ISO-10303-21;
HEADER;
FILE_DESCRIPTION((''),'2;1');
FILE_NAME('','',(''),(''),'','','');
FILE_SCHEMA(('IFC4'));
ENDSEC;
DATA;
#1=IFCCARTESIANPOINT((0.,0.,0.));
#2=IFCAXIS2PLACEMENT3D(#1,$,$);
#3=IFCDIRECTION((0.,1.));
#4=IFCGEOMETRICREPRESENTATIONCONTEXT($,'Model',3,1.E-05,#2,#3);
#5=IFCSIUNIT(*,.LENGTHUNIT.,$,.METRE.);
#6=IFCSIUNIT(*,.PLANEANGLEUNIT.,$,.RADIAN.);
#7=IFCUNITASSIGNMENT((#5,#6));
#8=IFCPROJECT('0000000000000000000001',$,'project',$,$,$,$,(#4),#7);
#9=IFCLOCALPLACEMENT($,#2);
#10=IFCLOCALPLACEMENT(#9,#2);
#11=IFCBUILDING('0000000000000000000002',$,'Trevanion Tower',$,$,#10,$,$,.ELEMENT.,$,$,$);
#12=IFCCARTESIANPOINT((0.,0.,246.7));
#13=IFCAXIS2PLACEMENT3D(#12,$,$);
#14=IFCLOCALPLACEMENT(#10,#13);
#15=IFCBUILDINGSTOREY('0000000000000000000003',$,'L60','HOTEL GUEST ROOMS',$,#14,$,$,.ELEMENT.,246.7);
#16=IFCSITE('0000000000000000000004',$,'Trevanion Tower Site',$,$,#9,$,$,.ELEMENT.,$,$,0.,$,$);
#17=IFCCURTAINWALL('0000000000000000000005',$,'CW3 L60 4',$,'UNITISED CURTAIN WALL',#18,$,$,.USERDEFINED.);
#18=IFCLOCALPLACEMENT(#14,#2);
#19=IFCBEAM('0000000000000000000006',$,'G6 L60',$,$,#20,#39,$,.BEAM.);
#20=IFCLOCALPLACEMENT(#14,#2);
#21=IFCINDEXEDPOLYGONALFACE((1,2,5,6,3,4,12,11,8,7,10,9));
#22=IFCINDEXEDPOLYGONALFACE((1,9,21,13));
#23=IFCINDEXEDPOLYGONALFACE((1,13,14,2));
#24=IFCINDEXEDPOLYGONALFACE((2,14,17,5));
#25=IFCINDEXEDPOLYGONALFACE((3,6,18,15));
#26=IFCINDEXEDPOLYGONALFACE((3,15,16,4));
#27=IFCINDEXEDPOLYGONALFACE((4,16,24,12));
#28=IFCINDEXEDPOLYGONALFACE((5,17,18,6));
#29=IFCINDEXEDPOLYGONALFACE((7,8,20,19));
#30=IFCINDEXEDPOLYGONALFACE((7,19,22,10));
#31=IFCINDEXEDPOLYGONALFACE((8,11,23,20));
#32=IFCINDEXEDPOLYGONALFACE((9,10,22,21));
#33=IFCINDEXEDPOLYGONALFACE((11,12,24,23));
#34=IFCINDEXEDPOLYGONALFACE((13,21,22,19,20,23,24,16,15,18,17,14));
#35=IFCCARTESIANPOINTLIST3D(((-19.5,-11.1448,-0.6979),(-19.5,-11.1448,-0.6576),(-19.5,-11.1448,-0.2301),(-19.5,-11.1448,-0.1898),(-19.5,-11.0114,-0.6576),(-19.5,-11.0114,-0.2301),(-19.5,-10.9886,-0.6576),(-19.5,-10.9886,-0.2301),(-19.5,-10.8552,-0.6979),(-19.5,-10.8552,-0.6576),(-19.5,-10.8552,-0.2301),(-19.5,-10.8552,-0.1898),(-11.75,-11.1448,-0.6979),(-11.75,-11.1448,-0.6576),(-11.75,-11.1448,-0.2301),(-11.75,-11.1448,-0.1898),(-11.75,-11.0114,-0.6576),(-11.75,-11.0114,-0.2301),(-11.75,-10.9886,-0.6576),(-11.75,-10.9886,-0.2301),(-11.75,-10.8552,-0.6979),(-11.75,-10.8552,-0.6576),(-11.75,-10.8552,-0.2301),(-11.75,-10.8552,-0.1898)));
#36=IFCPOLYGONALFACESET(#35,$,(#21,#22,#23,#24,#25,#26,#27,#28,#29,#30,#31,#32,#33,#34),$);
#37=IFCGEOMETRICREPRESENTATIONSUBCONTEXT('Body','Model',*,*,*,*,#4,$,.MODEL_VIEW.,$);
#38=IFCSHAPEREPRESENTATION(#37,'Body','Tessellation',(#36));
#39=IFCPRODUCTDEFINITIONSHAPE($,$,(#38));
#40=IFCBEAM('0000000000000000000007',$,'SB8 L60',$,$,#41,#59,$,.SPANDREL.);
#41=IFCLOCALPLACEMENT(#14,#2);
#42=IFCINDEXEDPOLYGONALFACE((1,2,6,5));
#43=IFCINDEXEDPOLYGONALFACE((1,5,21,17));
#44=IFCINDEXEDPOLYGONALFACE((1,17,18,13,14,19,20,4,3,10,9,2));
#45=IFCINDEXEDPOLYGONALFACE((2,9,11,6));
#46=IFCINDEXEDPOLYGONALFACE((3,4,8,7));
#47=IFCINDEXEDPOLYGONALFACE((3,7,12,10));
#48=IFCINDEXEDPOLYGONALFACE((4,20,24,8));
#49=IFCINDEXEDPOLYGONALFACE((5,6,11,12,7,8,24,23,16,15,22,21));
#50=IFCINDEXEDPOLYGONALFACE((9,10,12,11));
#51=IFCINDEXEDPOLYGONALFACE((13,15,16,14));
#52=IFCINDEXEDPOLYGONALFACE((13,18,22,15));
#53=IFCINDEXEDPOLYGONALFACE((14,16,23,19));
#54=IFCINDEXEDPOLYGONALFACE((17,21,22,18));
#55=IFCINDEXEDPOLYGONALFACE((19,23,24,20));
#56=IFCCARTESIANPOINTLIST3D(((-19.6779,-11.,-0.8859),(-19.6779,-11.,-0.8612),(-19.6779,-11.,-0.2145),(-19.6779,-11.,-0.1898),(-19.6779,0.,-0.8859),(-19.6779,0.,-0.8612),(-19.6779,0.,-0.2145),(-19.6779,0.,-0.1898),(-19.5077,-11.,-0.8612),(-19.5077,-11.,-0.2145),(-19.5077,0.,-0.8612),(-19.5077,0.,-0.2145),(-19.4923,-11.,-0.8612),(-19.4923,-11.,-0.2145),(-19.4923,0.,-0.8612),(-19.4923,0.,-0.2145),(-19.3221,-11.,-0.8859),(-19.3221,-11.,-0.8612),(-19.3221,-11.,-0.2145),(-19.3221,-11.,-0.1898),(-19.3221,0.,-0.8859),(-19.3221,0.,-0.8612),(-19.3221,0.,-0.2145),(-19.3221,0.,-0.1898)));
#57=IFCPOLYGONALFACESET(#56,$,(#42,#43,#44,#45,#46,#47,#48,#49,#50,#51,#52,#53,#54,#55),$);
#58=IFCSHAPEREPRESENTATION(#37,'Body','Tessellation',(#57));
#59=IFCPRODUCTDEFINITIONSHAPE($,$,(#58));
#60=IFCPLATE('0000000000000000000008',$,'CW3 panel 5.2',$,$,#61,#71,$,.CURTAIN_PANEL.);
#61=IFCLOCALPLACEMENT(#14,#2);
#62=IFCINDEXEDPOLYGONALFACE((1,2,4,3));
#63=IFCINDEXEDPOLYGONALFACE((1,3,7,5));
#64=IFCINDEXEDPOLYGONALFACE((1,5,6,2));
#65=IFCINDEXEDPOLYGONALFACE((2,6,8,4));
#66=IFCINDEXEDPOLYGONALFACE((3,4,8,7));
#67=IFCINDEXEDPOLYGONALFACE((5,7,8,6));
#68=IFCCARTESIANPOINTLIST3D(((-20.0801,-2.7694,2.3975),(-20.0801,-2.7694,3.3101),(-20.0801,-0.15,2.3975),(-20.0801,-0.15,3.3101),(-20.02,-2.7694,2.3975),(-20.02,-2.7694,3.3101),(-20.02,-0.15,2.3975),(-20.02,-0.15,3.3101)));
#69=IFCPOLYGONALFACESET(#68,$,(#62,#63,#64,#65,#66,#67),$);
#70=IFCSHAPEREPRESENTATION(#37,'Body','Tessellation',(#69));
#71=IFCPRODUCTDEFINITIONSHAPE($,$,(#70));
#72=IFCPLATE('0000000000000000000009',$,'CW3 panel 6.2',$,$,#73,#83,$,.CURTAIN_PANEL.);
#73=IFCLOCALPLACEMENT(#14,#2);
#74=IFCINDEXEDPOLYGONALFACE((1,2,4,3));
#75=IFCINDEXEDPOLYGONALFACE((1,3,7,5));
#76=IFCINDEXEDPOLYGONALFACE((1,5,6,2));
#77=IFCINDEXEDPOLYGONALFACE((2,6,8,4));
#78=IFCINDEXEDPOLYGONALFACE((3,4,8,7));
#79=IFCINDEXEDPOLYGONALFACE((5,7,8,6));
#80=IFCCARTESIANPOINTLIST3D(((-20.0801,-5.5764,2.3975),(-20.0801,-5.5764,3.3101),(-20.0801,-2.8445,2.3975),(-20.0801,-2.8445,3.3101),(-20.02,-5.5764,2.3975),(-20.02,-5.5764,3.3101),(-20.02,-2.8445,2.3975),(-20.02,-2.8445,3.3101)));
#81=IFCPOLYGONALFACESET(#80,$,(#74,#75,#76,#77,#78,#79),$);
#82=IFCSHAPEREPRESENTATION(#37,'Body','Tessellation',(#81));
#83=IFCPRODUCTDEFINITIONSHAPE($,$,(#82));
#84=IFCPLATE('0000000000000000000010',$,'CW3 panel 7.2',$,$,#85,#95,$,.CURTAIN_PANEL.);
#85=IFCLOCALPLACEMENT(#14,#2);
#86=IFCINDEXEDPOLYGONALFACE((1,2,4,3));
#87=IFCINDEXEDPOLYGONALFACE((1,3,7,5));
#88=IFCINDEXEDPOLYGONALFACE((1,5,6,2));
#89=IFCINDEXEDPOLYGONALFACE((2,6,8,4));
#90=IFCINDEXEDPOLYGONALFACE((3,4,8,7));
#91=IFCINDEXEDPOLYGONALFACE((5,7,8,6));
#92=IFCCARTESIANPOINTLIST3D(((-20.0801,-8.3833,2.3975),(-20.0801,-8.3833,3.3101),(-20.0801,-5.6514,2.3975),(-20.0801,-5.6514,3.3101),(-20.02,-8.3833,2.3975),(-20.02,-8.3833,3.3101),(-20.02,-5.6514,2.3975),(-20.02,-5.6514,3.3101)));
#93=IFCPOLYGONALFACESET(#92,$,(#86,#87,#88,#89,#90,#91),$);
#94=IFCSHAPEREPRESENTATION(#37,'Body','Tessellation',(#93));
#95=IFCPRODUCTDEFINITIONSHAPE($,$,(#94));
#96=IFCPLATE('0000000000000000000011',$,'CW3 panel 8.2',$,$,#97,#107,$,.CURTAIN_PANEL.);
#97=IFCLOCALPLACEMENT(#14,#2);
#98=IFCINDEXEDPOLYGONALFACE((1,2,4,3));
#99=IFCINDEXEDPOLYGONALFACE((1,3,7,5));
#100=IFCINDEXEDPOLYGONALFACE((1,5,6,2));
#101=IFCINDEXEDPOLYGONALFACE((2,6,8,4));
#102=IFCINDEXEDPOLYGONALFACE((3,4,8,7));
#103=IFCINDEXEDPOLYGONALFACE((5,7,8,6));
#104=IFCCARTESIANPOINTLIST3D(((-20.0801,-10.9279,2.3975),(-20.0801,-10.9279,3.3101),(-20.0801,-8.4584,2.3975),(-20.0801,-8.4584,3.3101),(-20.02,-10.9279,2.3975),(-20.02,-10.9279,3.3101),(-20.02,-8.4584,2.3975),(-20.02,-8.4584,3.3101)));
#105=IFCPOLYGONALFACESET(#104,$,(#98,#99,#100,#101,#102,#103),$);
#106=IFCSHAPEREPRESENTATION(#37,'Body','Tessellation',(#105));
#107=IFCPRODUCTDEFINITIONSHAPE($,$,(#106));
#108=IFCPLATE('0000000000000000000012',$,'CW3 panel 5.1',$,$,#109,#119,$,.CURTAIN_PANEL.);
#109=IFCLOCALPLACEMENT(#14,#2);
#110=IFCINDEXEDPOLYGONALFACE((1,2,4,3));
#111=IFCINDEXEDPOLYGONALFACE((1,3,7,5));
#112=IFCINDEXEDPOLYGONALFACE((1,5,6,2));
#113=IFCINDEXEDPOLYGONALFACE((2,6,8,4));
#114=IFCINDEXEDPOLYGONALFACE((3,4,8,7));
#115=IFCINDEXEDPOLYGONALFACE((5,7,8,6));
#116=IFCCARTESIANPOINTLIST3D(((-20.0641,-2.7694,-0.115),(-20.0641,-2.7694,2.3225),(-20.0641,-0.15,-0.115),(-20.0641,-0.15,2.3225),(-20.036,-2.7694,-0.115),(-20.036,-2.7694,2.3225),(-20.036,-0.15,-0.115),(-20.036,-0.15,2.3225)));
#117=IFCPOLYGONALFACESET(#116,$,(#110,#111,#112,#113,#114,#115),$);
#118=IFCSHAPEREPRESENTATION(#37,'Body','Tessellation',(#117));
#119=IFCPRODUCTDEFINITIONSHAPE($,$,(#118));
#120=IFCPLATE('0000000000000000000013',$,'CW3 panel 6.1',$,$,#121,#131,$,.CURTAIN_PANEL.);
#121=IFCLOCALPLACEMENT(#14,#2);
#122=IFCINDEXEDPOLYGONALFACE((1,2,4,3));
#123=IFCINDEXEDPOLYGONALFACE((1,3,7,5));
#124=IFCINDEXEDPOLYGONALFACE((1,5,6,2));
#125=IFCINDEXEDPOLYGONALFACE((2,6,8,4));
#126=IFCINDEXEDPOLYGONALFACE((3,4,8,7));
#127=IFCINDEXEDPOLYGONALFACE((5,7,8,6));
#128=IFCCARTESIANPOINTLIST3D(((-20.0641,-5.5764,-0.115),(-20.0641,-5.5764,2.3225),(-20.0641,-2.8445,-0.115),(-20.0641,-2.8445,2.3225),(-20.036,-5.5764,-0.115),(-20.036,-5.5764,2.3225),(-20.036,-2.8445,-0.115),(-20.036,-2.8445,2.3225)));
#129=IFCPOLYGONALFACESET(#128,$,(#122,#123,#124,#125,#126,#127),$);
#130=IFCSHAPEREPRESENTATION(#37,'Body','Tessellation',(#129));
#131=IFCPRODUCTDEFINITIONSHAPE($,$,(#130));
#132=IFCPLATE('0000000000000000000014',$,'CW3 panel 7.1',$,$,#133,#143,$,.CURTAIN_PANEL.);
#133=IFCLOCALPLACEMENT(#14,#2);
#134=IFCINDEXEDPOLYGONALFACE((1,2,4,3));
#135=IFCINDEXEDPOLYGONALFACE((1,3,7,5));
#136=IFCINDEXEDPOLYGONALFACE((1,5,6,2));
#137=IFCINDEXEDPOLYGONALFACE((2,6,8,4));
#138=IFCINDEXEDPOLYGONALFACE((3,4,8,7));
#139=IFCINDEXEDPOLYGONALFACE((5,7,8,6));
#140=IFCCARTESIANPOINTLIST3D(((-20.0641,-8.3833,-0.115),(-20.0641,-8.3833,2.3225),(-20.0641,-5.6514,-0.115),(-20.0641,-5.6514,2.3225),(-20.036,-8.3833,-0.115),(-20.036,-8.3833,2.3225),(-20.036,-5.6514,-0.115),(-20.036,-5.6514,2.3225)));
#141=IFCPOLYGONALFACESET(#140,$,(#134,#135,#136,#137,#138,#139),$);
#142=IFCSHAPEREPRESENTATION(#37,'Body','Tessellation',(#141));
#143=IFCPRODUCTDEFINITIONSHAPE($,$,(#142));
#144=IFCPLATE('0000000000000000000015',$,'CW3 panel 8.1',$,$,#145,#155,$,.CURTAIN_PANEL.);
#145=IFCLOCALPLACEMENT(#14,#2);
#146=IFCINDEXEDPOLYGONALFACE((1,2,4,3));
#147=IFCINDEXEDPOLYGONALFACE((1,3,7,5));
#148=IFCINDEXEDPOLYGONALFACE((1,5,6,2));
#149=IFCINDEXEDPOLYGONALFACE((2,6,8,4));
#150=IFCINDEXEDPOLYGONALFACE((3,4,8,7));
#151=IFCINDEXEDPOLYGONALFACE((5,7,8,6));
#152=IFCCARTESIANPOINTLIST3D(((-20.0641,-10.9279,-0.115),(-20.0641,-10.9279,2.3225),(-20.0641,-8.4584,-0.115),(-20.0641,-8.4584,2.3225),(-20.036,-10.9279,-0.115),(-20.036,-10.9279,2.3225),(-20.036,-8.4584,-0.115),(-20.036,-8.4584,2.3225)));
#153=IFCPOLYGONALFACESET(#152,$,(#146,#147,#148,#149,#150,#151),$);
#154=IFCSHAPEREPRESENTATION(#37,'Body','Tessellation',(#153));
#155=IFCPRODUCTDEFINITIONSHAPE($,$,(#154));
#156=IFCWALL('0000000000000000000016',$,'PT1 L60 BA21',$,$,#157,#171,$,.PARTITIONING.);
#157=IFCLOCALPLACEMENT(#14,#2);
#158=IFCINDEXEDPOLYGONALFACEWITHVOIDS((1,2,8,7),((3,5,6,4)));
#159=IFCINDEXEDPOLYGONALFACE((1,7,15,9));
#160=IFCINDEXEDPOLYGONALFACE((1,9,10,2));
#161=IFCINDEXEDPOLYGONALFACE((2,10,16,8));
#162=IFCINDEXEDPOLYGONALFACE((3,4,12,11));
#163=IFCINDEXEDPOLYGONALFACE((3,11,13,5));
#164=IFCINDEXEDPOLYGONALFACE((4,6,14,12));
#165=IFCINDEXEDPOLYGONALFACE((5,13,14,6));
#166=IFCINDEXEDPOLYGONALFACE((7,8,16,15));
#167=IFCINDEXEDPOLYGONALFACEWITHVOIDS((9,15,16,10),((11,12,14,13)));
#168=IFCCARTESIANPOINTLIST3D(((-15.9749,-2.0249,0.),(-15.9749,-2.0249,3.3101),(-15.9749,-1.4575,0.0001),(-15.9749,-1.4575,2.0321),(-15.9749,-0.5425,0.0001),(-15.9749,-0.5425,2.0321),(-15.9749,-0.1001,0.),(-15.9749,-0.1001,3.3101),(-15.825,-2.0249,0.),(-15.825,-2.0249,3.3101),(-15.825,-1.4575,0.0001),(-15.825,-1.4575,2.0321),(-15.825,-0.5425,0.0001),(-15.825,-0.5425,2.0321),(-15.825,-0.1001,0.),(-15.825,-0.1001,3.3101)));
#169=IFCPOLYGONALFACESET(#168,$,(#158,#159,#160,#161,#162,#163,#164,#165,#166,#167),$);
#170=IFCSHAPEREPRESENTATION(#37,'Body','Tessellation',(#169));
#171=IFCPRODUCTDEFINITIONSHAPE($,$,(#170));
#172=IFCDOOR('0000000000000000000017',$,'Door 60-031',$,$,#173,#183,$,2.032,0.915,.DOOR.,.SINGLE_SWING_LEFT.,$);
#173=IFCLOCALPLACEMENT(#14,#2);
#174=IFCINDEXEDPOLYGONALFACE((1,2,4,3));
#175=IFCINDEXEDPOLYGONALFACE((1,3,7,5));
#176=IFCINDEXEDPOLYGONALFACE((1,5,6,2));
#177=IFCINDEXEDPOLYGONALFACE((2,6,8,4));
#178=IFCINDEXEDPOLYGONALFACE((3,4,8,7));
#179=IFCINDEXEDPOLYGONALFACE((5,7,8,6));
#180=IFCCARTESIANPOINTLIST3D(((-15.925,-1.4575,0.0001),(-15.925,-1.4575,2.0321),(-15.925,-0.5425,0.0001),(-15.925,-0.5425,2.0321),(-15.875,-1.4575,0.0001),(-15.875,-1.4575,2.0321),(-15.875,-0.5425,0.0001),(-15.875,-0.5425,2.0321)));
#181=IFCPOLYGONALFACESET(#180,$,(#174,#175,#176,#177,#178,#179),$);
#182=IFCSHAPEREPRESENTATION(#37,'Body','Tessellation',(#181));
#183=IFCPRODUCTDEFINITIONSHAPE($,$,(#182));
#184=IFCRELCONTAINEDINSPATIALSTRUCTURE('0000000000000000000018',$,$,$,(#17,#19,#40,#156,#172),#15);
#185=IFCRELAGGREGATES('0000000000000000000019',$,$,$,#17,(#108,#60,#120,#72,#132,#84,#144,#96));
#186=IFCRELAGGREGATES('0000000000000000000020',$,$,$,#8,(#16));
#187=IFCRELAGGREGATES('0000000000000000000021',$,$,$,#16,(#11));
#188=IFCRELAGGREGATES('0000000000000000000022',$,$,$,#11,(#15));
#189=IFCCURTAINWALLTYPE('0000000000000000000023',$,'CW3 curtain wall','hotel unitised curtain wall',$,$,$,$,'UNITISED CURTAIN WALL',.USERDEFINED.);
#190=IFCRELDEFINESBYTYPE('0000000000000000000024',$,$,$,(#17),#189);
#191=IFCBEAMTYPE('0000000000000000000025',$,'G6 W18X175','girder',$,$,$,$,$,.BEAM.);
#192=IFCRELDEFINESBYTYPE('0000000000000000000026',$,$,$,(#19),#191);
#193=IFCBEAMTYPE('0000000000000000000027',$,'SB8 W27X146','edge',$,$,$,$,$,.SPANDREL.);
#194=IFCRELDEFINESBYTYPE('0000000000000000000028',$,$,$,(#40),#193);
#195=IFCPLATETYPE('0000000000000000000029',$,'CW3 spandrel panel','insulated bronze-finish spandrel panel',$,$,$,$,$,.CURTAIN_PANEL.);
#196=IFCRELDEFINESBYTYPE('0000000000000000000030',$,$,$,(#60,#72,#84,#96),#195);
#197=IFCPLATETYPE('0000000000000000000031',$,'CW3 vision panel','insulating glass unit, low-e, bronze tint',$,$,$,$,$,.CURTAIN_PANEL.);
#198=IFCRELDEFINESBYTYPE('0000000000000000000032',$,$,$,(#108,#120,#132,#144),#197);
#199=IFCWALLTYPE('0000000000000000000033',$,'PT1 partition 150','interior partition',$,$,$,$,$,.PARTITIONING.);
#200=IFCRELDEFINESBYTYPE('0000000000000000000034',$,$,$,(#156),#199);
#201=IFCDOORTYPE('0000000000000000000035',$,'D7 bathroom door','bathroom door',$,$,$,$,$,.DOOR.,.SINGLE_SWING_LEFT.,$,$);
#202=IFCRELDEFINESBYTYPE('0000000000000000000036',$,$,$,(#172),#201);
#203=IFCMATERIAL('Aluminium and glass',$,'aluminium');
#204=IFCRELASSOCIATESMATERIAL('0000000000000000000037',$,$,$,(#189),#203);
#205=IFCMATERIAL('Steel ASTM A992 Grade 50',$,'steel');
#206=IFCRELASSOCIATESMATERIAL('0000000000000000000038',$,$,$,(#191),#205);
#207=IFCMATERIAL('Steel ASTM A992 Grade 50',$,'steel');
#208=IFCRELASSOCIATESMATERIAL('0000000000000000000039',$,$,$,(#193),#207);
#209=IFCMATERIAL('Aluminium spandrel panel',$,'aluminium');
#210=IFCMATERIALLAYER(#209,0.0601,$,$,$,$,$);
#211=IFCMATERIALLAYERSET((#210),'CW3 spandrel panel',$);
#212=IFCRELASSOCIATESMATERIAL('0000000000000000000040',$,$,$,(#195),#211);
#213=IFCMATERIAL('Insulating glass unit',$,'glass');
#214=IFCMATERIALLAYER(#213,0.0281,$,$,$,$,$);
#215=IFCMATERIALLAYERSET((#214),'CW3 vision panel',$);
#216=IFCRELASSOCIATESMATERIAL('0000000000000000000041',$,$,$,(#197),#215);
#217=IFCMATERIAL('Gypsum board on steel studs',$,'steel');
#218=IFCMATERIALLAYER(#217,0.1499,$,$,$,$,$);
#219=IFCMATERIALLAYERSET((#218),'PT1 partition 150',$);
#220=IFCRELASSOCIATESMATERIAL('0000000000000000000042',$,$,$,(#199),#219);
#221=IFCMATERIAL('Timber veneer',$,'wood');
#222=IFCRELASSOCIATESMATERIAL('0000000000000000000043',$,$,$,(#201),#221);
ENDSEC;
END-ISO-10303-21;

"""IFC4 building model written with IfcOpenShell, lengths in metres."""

from ifc_helpers import new_model, si_unit, direction, frame, frame_2d, origin, origin_2d, place, context, subcontext, project, spatial, rectangle, i_section, extrude, material, layer, layer_set, material_profile, profile_set, type_object, element, fill, aggregate, save


model = new_model("IFC4")

# Units and contexts
model_context = context("Model", 3, precision=1e-05, world=origin(), true_north=direction((0.0, 1.0)))
body_context = subcontext(model_context, "Body", "Model", "MODEL_VIEW")
ifc_project = project(units=[si_unit("LENGTHUNIT", "METRE"), si_unit("PLANEANGLEUNIT", "RADIAN")], contexts=[model_context])

# Site, building, storey
site_placement = place(None, origin())
site = spatial("IfcSite", under=ifc_project, at=site_placement, Name="Trevanion Tower Site", CompositionType="ELEMENT", RefElevation=0.0)
building_placement = place(site_placement, origin())
building = spatial("IfcBuilding", under=site, at=building_placement, Name="Trevanion Tower", CompositionType="ELEMENT")
storey_placement = place(building_placement, frame((0.0, 0.0, 246.7)))
storey = spatial("IfcBuildingStorey", under=building, at=storey_placement, Name="L60", Description="HOTEL GUEST ROOMS", CompositionType="ELEMENT", Elevation=246.7)

# Curtain wall
ifc_material_1 = material(Name="Aluminium and glass", Category="aluminium")
curtain_wall_type = type_object("IfcCurtainWallType", Name="CW3 curtain wall", Description="hotel unitised curtain wall", ElementType="UNITISED CURTAIN WALL", PredefinedType="USERDEFINED", material=ifc_material_1)
curtain_wall_placement = place(storey_placement, origin())
curtain_wall = element("IfcCurtainWall", 1, at=curtain_wall_placement, inside=storey, type_object=curtain_wall_type, Name="CW3 L60 4", ObjectType="UNITISED CURTAIN WALL", PredefinedType="USERDEFINED")

# Beams
ifc_material_2 = material(Name="Steel ASTM A992 Grade 50", Category="steel")
ifc_material_profile_1 = material_profile(ifc_material_2, i_section(OverallWidth=0.2896, OverallDepth=0.5081, WebThickness=0.0227, FlangeThickness=0.0403, at=origin_2d()), Name="W18X175")
ifc_profile_set_1 = profile_set([ifc_material_profile_1], Name="Steel ASTM A992 Grade 50")
beam_type_1 = type_object("IfcBeamType", Name="G6 W18X175", Description="girder", PredefinedType="BEAM", material=ifc_profile_set_1)
beam_1_placement = place(storey_placement, frame((-11.75, -11.0, -0.4438), z_axis=(-1.0, 0.0, 0.0), x_axis=(0.0, -1.0, 0.0)))
element("IfcBeam", 2, at=beam_1_placement, inside=storey, type_object=beam_type_1, Name="G6 L60", PredefinedType="BEAM", context=body_context, shape_type="SweptSolid", body=[
    extrude(i_section(OverallWidth=0.2896, OverallDepth=0.5081, WebThickness=0.0227, FlangeThickness=0.0403, at=origin_2d()), origin(), (0.0, 0.0, 1.0), 7.75),
])
ifc_material_3 = material(Name="Steel ASTM A992 Grade 50", Category="steel")
ifc_material_profile_2 = material_profile(ifc_material_3, i_section(OverallWidth=0.3557, OverallDepth=0.696, WebThickness=0.0154, FlangeThickness=0.0247, at=origin_2d()), Name="W27X146")
ifc_profile_set_2 = profile_set([ifc_material_profile_2], Name="Steel ASTM A992 Grade 50")
beam_type_2 = type_object("IfcBeamType", Name="SB8 W27X146", Description="edge", PredefinedType="SPANDREL", material=ifc_profile_set_2)
beam_2_placement = place(storey_placement, frame((-19.5, 0.0, -0.5378), z_axis=(0.0, -1.0, 0.0), x_axis=(1.0, 0.0, 0.0)))
element("IfcBeam", 3, at=beam_2_placement, inside=storey, type_object=beam_type_2, Name="SB8 L60", PredefinedType="SPANDREL", context=body_context, shape_type="SweptSolid", body=[
    extrude(i_section(OverallWidth=0.3557, OverallDepth=0.696, WebThickness=0.0154, FlangeThickness=0.0247, at=origin_2d()), origin(), (0.0, 0.0, 1.0), 11.0),
])

# Plates
ifc_material_4 = material(Name="Aluminium spandrel panel", Category="aluminium")
ifc_layer_1 = layer(ifc_material_4, 0.0601)
ifc_layer_set_1 = layer_set([ifc_layer_1], Name="CW3 spandrel panel")
plate_type_1 = type_object("IfcPlateType", Name="CW3 spandrel panel", Description="insulated bronze-finish spandrel panel", PredefinedType="CURTAIN_PANEL", material=ifc_layer_set_1)
plate_1_placement = place(storey_placement, frame((-20.05, -1.4597, 2.3975), z_axis=(0.0, 0.0, 1.0), x_axis=(0.0, -1.0, 0.0)))
plate_1 = element("IfcPlate", 4, at=plate_1_placement, type_object=plate_type_1, Name="CW3 panel 5.2", PredefinedType="CURTAIN_PANEL", context=body_context, shape_type="SweptSolid", body=[
    extrude(rectangle(XDim=2.6194, YDim=0.0601, at=origin_2d()), origin(), (0.0, 0.0, 1.0), 0.9126),
])
plate_2_placement = place(storey_placement, frame((-20.05, -4.2104, 2.3975), z_axis=(0.0, 0.0, 1.0), x_axis=(0.0, -1.0, 0.0)))
plate_2 = element("IfcPlate", 5, at=plate_2_placement, type_object=plate_type_1, Name="CW3 panel 6.2", PredefinedType="CURTAIN_PANEL", context=body_context, shape_type="SweptSolid", body=[
    extrude(rectangle(XDim=2.7319, YDim=0.0601, at=origin_2d()), origin(), (0.0, 0.0, 1.0), 0.9126),
])
plate_3_placement = place(storey_placement, frame((-20.05, -7.0173, 2.3975), z_axis=(0.0, 0.0, 1.0), x_axis=(0.0, -1.0, 0.0)))
plate_3 = element("IfcPlate", 6, at=plate_3_placement, type_object=plate_type_1, Name="CW3 panel 7.2", PredefinedType="CURTAIN_PANEL", context=body_context, shape_type="SweptSolid", body=[
    extrude(rectangle(XDim=2.7319, YDim=0.0601, at=origin_2d()), origin(), (0.0, 0.0, 1.0), 0.9126),
])
plate_4_placement = place(storey_placement, frame((-20.05, -9.6931, 2.3975), z_axis=(0.0, 0.0, 1.0), x_axis=(0.0, -1.0, 0.0)))
plate_4 = element("IfcPlate", 7, at=plate_4_placement, type_object=plate_type_1, Name="CW3 panel 8.2", PredefinedType="CURTAIN_PANEL", context=body_context, shape_type="SweptSolid", body=[
    extrude(rectangle(XDim=2.4695, YDim=0.0601, at=origin_2d()), origin(), (0.0, 0.0, 1.0), 0.9126),
])
ifc_material_5 = material(Name="Insulating glass unit", Category="glass")
ifc_layer_2 = layer(ifc_material_5, 0.0281)
ifc_layer_set_2 = layer_set([ifc_layer_2], Name="CW3 vision panel")
plate_type_2 = type_object("IfcPlateType", Name="CW3 vision panel", Description="insulating glass unit, low-e, bronze tint", PredefinedType="CURTAIN_PANEL", material=ifc_layer_set_2)
plate_5_placement = place(storey_placement, frame((-20.05, -1.4597, -0.115), z_axis=(0.0, 0.0, 1.0), x_axis=(0.0, -1.0, 0.0)))
plate_5 = element("IfcPlate", 8, at=plate_5_placement, type_object=plate_type_2, Name="CW3 panel 5.1", PredefinedType="CURTAIN_PANEL", context=body_context, shape_type="SweptSolid", body=[
    extrude(rectangle(XDim=2.6194, YDim=0.0281, at=origin_2d()), origin(), (0.0, 0.0, 1.0), 2.4375),
])
plate_6_placement = place(storey_placement, frame((-20.05, -4.2104, -0.115), z_axis=(0.0, 0.0, 1.0), x_axis=(0.0, -1.0, 0.0)))
plate_6 = element("IfcPlate", 9, at=plate_6_placement, type_object=plate_type_2, Name="CW3 panel 6.1", PredefinedType="CURTAIN_PANEL", context=body_context, shape_type="SweptSolid", body=[
    extrude(rectangle(XDim=2.7319, YDim=0.0281, at=origin_2d()), origin(), (0.0, 0.0, 1.0), 2.4375),
])
plate_7_placement = place(storey_placement, frame((-20.05, -7.0173, -0.115), z_axis=(0.0, 0.0, 1.0), x_axis=(0.0, -1.0, 0.0)))
plate_7 = element("IfcPlate", 10, at=plate_7_placement, type_object=plate_type_2, Name="CW3 panel 7.1", PredefinedType="CURTAIN_PANEL", context=body_context, shape_type="SweptSolid", body=[
    extrude(rectangle(XDim=2.7319, YDim=0.0281, at=origin_2d()), origin(), (0.0, 0.0, 1.0), 2.4375),
])
plate_8_placement = place(storey_placement, frame((-20.05, -9.6931, -0.115), z_axis=(0.0, 0.0, 1.0), x_axis=(0.0, -1.0, 0.0)))
plate_8 = element("IfcPlate", 11, at=plate_8_placement, type_object=plate_type_2, Name="CW3 panel 8.1", PredefinedType="CURTAIN_PANEL", context=body_context, shape_type="SweptSolid", body=[
    extrude(rectangle(XDim=2.4695, YDim=0.0281, at=origin_2d()), origin(), (0.0, 0.0, 1.0), 2.4375),
])
aggregate(curtain_wall, [plate_5, plate_1, plate_6, plate_2, plate_7, plate_3, plate_8, plate_4])

# Wall, opening, door
ifc_material_6 = material(Name="Gypsum board on steel studs", Category="steel")
ifc_layer_3 = layer(ifc_material_6, 0.1499)
ifc_layer_set_3 = layer_set([ifc_layer_3], Name="PT1 partition 150")
wall_type_1 = type_object("IfcWallType", Name="PT1 partition 150", Description="interior partition", PredefinedType="PARTITIONING", material=ifc_layer_set_3)
wall_1_placement = place(storey_placement, frame((-15.8999, -0.1001, 0.0), z_axis=(0.0, 0.0, 1.0), x_axis=(0.0, -1.0, 0.0)))
wall_1 = element("IfcWall", 12, at=wall_1_placement, inside=storey, type_object=wall_type_1, Name="PT1 L60 BA21", PredefinedType="PARTITIONING", context=body_context, shape_type="SweptSolid", body=[
    extrude(rectangle(XDim=1.9248, YDim=0.1499, at=frame_2d((0.9624, 0.0))), origin(), (0.0, 0.0, 1.0), 3.3101),
])
opening_1_placement = place(wall_1_placement, frame((0.4424, 0.0, 0.0)))
opening_1 = element("IfcOpeningElement", 13, at=opening_1_placement, cuts=wall_1, PredefinedType="OPENING", context=body_context, shape_type="SweptSolid", body=[
    extrude(rectangle(XDim=0.915, YDim=2.032, at=frame_2d((0.4575, 1.0161))), frame((0.0, 0.085, 0.0), z_axis=(0.0, -1.0, 0.0), x_axis=(1.0, 0.0, 0.0)), (0.0, 0.0, 1.0), 0.1699),
])
ifc_material_7 = material(Name="Timber veneer", Category="wood")
door_type = type_object("IfcDoorType", Name="D7 bathroom door", Description="bathroom door", OperationType="SINGLE_SWING_LEFT", PredefinedType="DOOR", material=ifc_material_7)
door_1_placement = place(opening_1_placement, origin())
door_1 = element("IfcDoor", 14, at=door_1_placement, inside=storey, type_object=door_type, Name="Door 60-031", OperationType="SINGLE_SWING_LEFT", OverallHeight=2.032, OverallWidth=0.915, PredefinedType="DOOR", context=body_context, shape_type="SweptSolid", body=[
    extrude(rectangle(XDim=0.915, YDim=2.032, at=frame_2d((0.4575, 1.0161))), frame((0.0, 0.0249, 0.0), z_axis=(0.0, -1.0, 0.0), x_axis=(1.0, 0.0, 0.0)), (0.0, 0.0, 1.0), 0.05),
])
fill(opening_1, door_1)

save(model, "model.ifc")
